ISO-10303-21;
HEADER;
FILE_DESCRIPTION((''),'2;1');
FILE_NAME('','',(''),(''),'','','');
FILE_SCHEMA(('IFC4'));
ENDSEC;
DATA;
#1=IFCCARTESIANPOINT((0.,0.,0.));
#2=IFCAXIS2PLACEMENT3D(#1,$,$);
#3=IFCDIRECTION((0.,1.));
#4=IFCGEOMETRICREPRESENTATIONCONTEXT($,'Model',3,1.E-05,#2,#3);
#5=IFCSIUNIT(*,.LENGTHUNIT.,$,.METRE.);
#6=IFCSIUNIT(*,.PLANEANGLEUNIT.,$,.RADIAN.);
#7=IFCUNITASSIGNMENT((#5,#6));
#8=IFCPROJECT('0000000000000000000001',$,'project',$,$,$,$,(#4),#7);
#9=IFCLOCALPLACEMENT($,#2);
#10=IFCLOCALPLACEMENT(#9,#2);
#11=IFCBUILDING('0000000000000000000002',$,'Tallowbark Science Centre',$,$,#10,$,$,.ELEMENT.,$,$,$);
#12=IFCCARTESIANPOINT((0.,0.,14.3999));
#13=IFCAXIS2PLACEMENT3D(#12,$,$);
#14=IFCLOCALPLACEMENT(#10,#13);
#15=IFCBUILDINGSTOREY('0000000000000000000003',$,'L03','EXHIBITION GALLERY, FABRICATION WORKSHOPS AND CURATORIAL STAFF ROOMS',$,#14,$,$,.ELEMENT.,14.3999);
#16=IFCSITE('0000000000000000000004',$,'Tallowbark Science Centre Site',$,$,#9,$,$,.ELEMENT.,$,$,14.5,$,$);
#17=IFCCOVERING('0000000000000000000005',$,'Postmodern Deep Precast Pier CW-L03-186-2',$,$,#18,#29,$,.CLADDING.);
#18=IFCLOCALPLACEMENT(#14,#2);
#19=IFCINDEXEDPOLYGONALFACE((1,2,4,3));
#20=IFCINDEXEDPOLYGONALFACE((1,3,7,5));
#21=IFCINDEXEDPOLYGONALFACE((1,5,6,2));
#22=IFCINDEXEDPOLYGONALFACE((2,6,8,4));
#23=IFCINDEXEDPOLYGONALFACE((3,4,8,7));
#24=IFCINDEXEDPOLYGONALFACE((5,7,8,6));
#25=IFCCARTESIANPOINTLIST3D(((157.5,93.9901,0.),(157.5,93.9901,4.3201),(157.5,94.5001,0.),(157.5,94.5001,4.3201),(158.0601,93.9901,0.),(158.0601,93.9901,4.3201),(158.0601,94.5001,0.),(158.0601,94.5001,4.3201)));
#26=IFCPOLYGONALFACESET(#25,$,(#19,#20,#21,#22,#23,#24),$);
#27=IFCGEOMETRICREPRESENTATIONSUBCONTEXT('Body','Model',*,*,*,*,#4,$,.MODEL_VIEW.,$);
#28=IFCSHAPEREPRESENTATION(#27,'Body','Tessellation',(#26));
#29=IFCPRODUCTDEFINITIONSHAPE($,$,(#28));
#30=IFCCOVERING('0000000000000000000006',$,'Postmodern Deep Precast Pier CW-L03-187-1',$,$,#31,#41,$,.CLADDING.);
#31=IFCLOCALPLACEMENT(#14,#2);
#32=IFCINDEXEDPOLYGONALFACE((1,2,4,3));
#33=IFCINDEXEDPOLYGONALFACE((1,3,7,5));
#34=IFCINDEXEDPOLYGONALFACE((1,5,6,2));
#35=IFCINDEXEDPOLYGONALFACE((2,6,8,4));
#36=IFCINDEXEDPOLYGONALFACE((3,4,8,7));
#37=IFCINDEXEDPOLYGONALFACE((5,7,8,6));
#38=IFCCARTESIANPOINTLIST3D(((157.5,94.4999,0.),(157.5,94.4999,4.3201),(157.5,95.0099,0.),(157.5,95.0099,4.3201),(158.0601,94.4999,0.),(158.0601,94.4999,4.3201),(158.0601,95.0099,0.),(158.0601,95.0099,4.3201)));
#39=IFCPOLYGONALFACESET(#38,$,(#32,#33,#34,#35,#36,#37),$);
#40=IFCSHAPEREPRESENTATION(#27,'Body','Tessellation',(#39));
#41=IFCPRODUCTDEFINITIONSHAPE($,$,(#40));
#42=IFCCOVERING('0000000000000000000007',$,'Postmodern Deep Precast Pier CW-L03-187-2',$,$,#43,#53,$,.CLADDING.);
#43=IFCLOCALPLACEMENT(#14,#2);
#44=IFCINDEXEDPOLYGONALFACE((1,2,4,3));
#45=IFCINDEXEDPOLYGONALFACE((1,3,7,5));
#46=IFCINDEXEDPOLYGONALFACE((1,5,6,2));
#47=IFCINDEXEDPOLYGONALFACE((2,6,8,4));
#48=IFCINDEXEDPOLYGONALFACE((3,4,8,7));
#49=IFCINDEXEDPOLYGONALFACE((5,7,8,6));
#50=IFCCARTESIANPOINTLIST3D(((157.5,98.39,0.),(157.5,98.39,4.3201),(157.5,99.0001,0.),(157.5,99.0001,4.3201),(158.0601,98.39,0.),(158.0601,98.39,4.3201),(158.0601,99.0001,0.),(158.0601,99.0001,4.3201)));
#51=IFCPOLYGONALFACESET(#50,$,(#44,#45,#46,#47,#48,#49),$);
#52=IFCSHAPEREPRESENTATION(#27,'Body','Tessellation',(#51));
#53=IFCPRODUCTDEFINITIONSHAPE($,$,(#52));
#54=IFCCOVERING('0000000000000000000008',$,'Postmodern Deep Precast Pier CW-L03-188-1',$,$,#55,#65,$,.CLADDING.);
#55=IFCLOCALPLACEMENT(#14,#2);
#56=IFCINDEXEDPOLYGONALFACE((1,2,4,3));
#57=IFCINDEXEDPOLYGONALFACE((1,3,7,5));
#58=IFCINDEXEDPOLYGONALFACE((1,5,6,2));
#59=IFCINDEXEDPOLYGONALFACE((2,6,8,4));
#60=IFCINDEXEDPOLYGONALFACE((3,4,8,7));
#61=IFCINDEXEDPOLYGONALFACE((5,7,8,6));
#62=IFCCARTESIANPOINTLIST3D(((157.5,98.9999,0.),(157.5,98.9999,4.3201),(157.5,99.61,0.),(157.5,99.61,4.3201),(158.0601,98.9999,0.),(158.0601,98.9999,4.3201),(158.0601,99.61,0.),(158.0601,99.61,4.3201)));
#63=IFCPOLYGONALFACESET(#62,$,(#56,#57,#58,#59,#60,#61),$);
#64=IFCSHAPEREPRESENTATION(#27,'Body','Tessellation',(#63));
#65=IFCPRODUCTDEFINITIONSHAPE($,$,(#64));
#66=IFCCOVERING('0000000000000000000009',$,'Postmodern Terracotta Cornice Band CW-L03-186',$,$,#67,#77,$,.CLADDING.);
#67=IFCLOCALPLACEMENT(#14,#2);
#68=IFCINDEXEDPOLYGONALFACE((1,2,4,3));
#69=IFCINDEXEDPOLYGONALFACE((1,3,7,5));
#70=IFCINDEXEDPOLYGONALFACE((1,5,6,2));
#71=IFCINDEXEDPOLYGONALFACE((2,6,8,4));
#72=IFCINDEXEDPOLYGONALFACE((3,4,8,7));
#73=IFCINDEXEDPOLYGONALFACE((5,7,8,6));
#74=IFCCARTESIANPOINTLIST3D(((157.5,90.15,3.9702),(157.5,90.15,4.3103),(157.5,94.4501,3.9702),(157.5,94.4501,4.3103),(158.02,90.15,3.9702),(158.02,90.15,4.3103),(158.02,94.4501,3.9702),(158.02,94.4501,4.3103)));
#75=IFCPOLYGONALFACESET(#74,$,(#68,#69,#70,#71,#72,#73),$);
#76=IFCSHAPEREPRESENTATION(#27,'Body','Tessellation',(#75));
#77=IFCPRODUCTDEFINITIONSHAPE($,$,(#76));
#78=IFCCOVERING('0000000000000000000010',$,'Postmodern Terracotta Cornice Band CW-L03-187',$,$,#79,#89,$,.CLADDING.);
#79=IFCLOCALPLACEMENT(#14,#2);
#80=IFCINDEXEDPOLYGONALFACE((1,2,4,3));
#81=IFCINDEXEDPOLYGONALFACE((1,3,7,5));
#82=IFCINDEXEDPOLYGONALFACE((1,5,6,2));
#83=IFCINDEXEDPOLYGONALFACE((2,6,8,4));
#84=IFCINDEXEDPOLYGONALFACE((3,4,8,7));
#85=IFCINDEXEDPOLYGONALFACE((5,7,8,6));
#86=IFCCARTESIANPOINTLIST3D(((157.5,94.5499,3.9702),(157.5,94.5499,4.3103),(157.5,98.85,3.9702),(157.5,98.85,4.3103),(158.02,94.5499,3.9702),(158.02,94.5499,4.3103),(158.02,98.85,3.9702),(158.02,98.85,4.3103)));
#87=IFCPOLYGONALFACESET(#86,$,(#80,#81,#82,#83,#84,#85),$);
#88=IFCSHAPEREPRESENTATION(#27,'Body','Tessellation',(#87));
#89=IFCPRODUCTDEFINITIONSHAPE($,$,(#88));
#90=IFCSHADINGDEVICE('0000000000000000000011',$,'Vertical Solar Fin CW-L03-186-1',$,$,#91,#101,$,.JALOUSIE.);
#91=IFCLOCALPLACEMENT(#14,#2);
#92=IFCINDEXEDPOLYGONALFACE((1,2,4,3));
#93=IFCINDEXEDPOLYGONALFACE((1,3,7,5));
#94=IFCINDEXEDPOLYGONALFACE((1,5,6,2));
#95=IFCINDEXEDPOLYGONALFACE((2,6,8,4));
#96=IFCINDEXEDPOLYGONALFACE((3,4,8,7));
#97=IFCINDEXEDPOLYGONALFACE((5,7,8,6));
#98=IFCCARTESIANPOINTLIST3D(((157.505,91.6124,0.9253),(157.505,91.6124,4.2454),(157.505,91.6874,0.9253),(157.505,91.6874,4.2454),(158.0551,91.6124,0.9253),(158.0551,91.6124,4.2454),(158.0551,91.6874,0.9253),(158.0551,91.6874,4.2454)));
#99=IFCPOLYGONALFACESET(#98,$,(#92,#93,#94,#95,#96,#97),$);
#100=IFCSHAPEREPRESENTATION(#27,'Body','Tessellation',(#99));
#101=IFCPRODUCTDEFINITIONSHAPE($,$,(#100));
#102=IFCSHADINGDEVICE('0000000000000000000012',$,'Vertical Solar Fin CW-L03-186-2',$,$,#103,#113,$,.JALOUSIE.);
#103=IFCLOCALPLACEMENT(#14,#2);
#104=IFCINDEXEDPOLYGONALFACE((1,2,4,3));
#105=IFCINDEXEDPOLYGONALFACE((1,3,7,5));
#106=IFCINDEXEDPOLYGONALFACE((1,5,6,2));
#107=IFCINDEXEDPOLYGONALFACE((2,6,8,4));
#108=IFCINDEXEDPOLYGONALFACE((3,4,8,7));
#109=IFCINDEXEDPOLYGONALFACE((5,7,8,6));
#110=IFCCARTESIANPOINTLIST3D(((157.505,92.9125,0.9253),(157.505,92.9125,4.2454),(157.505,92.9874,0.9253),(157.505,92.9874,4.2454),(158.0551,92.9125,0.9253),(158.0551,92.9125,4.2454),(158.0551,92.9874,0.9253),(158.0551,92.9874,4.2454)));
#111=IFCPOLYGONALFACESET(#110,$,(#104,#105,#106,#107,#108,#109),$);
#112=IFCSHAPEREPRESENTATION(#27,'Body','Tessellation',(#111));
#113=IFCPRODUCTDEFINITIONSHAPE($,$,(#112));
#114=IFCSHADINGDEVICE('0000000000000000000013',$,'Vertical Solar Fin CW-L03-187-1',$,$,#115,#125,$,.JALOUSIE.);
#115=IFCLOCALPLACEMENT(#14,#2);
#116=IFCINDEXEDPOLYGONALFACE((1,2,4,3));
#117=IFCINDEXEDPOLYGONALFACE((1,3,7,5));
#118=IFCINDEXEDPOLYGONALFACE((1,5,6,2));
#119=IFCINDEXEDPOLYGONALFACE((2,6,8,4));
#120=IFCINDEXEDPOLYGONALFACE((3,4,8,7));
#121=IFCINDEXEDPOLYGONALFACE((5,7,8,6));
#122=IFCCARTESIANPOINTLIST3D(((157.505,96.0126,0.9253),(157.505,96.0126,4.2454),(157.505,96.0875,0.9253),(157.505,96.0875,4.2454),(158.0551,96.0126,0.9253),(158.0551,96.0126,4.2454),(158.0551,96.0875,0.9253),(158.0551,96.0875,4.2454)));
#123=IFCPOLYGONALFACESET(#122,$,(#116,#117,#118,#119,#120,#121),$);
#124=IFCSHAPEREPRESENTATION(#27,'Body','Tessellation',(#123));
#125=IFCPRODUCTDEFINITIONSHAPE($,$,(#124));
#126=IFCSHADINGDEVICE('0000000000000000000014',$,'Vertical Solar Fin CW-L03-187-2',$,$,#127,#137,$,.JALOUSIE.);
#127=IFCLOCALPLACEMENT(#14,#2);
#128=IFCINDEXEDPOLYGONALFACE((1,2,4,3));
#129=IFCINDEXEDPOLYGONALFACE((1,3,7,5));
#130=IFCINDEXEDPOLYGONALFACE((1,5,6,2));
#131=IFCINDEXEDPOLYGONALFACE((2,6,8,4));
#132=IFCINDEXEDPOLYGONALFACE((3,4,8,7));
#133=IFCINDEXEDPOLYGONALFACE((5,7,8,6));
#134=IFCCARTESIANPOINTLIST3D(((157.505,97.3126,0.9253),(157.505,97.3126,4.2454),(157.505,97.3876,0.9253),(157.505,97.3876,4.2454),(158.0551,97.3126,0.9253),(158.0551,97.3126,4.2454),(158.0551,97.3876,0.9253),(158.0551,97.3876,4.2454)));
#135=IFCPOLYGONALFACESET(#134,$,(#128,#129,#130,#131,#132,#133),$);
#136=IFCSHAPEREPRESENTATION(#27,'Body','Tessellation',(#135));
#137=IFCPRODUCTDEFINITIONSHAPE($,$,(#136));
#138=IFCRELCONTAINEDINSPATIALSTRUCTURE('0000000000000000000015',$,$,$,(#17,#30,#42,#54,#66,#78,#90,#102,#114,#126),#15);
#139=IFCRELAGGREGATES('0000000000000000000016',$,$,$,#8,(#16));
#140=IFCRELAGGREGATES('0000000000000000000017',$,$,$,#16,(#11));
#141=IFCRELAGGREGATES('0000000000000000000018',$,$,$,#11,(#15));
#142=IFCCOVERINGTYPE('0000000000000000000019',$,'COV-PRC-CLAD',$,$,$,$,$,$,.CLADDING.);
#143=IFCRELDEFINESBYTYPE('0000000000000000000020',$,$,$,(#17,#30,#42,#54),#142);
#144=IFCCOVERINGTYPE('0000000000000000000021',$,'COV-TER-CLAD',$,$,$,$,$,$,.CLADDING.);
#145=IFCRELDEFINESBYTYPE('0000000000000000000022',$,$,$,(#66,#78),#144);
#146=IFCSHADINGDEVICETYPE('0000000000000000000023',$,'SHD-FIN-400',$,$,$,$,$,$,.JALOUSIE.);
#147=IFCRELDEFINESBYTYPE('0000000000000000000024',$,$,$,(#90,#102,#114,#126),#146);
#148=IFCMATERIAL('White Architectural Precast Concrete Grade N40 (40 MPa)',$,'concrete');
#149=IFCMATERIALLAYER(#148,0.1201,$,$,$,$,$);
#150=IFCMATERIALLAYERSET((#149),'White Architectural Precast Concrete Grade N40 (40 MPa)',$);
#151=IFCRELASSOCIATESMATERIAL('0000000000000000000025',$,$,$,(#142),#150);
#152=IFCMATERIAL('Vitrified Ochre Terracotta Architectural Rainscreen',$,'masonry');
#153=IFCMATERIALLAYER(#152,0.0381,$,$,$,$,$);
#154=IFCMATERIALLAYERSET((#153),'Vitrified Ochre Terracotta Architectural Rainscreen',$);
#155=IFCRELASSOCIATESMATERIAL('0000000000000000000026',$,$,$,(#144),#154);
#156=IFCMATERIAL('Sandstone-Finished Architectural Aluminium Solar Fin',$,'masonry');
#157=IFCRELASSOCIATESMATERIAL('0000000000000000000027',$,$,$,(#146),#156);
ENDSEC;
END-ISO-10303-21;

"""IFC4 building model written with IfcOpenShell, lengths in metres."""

from ifc_helpers import new_model, si_unit, direction, frame, origin, origin_2d, place, context, subcontext, project, spatial, rectangle, extrude, material, layer, layer_set, type_object, element, save


model = new_model("IFC4")

# Units and contexts
model_context = context("Model", 3, precision=1e-05, world=origin(), true_north=direction((0.0, 1.0)))
body_context = subcontext(model_context, "Body", "Model", "MODEL_VIEW")
ifc_project = project(units=[si_unit("LENGTHUNIT", "METRE"), si_unit("PLANEANGLEUNIT", "RADIAN")], contexts=[model_context])

# Site, building, storey
site_placement = place(None, origin())
site = spatial("IfcSite", under=ifc_project, at=site_placement, Name="Tallowbark Science Centre Site", CompositionType="ELEMENT", RefElevation=14.5)
building_placement = place(site_placement, origin())
building = spatial("IfcBuilding", under=site, at=building_placement, Name="Tallowbark Science Centre", CompositionType="ELEMENT")
storey_placement = place(building_placement, frame((0.0, 0.0, 14.3999)))
storey = spatial("IfcBuildingStorey", under=building, at=storey_placement, Name="L03", Description="EXHIBITION GALLERY, FABRICATION WORKSHOPS AND CURATORIAL STAFF ROOMS", CompositionType="ELEMENT", Elevation=14.3999)

# Coverings
ifc_material_1 = material(Name="White Architectural Precast Concrete Grade N40 (40 MPa)", Category="concrete")
ifc_layer_1 = layer(ifc_material_1, 0.1201)
ifc_layer_set_1 = layer_set([ifc_layer_1], Name="White Architectural Precast Concrete Grade N40 (40 MPa)")
covering_type_1 = type_object("IfcCoveringType", Name="COV-PRC-CLAD", PredefinedType="CLADDING", material=ifc_layer_set_1)
for number, where, z_axis, x_axis, name in (
    (1, (157.78, 94.2451, 0.0), (0.0, 0.0, 1.0), (0.0, 1.0, 0.0), "Postmodern Deep Precast Pier CW-L03-186-2"),
    (2, (157.78, 94.7549, 0.0), (0.0, 0.0, 1.0), (0.0, 1.0, 0.0), "Postmodern Deep Precast Pier CW-L03-187-1"),
):
    element("IfcCovering", number, at=place(storey_placement, frame(where, z_axis=z_axis, x_axis=x_axis)), inside=storey, type_object=covering_type_1, Name=name, PredefinedType="CLADDING", context=body_context, shape_type="SweptSolid", body=[
        extrude(rectangle(XDim=0.51, YDim=0.5601, at=origin_2d()), origin(), (0.0, 0.0, 1.0), 4.3201),
    ])
for number, where, z_axis, x_axis, name in (
    (3, (157.78, 98.6951, 0.0), (0.0, 0.0, 1.0), (0.0, 1.0, 0.0), "Postmodern Deep Precast Pier CW-L03-187-2"),
    (4, (157.78, 99.3049, 0.0), (0.0, 0.0, 1.0), (0.0, 1.0, 0.0), "Postmodern Deep Precast Pier CW-L03-188-1"),
):
    element("IfcCovering", number, at=place(storey_placement, frame(where, z_axis=z_axis, x_axis=x_axis)), inside=storey, type_object=covering_type_1, Name=name, PredefinedType="CLADDING", context=body_context, shape_type="SweptSolid", body=[
        extrude(rectangle(XDim=0.6101, YDim=0.5601, at=origin_2d()), origin(), (0.0, 0.0, 1.0), 4.3201),
    ])
ifc_material_2 = material(Name="Vitrified Ochre Terracotta Architectural Rainscreen", Category="masonry")
ifc_layer_2 = layer(ifc_material_2, 0.0381)
ifc_layer_set_2 = layer_set([ifc_layer_2], Name="Vitrified Ochre Terracotta Architectural Rainscreen")
covering_type_2 = type_object("IfcCoveringType", Name="COV-TER-CLAD", PredefinedType="CLADDING", material=ifc_layer_set_2)
for number, where, z_axis, x_axis, name in (
    (5, (157.76, 92.3, 3.9702), (0.0, 0.0, 1.0), (0.0, 1.0, 0.0), "Postmodern Terracotta Cornice Band CW-L03-186"),
    (6, (157.76, 96.7, 3.9702), (0.0, 0.0, 1.0), (0.0, 1.0, 0.0), "Postmodern Terracotta Cornice Band CW-L03-187"),
):
    element("IfcCovering", number, at=place(storey_placement, frame(where, z_axis=z_axis, x_axis=x_axis)), inside=storey, type_object=covering_type_2, Name=name, PredefinedType="CLADDING", context=body_context, shape_type="SweptSolid", body=[
        extrude(rectangle(XDim=4.3, YDim=0.52, at=origin_2d()), origin(), (0.0, 0.0, 1.0), 0.3401),
    ])

# Shading devices
ifc_material_3 = material(Name="Sandstone-Finished Architectural Aluminium Solar Fin", Category="masonry")
shading_device_type = type_object("IfcShadingDeviceType", Name="SHD-FIN-400", PredefinedType="JALOUSIE", material=ifc_material_3)
for number, where, z_axis, x_axis, name in (
    (7, (157.78, 91.6499, 0.9253), (0.0, 0.0, 1.0), (0.0, 1.0, 0.0), "Vertical Solar Fin CW-L03-186-1"),
    (8, (157.78, 92.95, 0.9253), (0.0, 0.0, 1.0), (0.0, 1.0, 0.0), "Vertical Solar Fin CW-L03-186-2"),
    (9, (157.78, 96.05, 0.9253), (0.0, 0.0, 1.0), (0.0, 1.0, 0.0), "Vertical Solar Fin CW-L03-187-1"),
    (10, (157.78, 97.3501, 0.9253), (0.0, 0.0, 1.0), (0.0, 1.0, 0.0), "Vertical Solar Fin CW-L03-187-2"),
):
    element("IfcShadingDevice", number, at=place(storey_placement, frame(where, z_axis=z_axis, x_axis=x_axis)), inside=storey, type_object=shading_device_type, Name=name, PredefinedType="JALOUSIE", context=body_context, shape_type="SweptSolid", body=[
        extrude(rectangle(XDim=0.075, YDim=0.55, at=origin_2d()), origin(), (0.0, 0.0, 1.0), 3.3201),
    ])

save(model, "model.ifc")
